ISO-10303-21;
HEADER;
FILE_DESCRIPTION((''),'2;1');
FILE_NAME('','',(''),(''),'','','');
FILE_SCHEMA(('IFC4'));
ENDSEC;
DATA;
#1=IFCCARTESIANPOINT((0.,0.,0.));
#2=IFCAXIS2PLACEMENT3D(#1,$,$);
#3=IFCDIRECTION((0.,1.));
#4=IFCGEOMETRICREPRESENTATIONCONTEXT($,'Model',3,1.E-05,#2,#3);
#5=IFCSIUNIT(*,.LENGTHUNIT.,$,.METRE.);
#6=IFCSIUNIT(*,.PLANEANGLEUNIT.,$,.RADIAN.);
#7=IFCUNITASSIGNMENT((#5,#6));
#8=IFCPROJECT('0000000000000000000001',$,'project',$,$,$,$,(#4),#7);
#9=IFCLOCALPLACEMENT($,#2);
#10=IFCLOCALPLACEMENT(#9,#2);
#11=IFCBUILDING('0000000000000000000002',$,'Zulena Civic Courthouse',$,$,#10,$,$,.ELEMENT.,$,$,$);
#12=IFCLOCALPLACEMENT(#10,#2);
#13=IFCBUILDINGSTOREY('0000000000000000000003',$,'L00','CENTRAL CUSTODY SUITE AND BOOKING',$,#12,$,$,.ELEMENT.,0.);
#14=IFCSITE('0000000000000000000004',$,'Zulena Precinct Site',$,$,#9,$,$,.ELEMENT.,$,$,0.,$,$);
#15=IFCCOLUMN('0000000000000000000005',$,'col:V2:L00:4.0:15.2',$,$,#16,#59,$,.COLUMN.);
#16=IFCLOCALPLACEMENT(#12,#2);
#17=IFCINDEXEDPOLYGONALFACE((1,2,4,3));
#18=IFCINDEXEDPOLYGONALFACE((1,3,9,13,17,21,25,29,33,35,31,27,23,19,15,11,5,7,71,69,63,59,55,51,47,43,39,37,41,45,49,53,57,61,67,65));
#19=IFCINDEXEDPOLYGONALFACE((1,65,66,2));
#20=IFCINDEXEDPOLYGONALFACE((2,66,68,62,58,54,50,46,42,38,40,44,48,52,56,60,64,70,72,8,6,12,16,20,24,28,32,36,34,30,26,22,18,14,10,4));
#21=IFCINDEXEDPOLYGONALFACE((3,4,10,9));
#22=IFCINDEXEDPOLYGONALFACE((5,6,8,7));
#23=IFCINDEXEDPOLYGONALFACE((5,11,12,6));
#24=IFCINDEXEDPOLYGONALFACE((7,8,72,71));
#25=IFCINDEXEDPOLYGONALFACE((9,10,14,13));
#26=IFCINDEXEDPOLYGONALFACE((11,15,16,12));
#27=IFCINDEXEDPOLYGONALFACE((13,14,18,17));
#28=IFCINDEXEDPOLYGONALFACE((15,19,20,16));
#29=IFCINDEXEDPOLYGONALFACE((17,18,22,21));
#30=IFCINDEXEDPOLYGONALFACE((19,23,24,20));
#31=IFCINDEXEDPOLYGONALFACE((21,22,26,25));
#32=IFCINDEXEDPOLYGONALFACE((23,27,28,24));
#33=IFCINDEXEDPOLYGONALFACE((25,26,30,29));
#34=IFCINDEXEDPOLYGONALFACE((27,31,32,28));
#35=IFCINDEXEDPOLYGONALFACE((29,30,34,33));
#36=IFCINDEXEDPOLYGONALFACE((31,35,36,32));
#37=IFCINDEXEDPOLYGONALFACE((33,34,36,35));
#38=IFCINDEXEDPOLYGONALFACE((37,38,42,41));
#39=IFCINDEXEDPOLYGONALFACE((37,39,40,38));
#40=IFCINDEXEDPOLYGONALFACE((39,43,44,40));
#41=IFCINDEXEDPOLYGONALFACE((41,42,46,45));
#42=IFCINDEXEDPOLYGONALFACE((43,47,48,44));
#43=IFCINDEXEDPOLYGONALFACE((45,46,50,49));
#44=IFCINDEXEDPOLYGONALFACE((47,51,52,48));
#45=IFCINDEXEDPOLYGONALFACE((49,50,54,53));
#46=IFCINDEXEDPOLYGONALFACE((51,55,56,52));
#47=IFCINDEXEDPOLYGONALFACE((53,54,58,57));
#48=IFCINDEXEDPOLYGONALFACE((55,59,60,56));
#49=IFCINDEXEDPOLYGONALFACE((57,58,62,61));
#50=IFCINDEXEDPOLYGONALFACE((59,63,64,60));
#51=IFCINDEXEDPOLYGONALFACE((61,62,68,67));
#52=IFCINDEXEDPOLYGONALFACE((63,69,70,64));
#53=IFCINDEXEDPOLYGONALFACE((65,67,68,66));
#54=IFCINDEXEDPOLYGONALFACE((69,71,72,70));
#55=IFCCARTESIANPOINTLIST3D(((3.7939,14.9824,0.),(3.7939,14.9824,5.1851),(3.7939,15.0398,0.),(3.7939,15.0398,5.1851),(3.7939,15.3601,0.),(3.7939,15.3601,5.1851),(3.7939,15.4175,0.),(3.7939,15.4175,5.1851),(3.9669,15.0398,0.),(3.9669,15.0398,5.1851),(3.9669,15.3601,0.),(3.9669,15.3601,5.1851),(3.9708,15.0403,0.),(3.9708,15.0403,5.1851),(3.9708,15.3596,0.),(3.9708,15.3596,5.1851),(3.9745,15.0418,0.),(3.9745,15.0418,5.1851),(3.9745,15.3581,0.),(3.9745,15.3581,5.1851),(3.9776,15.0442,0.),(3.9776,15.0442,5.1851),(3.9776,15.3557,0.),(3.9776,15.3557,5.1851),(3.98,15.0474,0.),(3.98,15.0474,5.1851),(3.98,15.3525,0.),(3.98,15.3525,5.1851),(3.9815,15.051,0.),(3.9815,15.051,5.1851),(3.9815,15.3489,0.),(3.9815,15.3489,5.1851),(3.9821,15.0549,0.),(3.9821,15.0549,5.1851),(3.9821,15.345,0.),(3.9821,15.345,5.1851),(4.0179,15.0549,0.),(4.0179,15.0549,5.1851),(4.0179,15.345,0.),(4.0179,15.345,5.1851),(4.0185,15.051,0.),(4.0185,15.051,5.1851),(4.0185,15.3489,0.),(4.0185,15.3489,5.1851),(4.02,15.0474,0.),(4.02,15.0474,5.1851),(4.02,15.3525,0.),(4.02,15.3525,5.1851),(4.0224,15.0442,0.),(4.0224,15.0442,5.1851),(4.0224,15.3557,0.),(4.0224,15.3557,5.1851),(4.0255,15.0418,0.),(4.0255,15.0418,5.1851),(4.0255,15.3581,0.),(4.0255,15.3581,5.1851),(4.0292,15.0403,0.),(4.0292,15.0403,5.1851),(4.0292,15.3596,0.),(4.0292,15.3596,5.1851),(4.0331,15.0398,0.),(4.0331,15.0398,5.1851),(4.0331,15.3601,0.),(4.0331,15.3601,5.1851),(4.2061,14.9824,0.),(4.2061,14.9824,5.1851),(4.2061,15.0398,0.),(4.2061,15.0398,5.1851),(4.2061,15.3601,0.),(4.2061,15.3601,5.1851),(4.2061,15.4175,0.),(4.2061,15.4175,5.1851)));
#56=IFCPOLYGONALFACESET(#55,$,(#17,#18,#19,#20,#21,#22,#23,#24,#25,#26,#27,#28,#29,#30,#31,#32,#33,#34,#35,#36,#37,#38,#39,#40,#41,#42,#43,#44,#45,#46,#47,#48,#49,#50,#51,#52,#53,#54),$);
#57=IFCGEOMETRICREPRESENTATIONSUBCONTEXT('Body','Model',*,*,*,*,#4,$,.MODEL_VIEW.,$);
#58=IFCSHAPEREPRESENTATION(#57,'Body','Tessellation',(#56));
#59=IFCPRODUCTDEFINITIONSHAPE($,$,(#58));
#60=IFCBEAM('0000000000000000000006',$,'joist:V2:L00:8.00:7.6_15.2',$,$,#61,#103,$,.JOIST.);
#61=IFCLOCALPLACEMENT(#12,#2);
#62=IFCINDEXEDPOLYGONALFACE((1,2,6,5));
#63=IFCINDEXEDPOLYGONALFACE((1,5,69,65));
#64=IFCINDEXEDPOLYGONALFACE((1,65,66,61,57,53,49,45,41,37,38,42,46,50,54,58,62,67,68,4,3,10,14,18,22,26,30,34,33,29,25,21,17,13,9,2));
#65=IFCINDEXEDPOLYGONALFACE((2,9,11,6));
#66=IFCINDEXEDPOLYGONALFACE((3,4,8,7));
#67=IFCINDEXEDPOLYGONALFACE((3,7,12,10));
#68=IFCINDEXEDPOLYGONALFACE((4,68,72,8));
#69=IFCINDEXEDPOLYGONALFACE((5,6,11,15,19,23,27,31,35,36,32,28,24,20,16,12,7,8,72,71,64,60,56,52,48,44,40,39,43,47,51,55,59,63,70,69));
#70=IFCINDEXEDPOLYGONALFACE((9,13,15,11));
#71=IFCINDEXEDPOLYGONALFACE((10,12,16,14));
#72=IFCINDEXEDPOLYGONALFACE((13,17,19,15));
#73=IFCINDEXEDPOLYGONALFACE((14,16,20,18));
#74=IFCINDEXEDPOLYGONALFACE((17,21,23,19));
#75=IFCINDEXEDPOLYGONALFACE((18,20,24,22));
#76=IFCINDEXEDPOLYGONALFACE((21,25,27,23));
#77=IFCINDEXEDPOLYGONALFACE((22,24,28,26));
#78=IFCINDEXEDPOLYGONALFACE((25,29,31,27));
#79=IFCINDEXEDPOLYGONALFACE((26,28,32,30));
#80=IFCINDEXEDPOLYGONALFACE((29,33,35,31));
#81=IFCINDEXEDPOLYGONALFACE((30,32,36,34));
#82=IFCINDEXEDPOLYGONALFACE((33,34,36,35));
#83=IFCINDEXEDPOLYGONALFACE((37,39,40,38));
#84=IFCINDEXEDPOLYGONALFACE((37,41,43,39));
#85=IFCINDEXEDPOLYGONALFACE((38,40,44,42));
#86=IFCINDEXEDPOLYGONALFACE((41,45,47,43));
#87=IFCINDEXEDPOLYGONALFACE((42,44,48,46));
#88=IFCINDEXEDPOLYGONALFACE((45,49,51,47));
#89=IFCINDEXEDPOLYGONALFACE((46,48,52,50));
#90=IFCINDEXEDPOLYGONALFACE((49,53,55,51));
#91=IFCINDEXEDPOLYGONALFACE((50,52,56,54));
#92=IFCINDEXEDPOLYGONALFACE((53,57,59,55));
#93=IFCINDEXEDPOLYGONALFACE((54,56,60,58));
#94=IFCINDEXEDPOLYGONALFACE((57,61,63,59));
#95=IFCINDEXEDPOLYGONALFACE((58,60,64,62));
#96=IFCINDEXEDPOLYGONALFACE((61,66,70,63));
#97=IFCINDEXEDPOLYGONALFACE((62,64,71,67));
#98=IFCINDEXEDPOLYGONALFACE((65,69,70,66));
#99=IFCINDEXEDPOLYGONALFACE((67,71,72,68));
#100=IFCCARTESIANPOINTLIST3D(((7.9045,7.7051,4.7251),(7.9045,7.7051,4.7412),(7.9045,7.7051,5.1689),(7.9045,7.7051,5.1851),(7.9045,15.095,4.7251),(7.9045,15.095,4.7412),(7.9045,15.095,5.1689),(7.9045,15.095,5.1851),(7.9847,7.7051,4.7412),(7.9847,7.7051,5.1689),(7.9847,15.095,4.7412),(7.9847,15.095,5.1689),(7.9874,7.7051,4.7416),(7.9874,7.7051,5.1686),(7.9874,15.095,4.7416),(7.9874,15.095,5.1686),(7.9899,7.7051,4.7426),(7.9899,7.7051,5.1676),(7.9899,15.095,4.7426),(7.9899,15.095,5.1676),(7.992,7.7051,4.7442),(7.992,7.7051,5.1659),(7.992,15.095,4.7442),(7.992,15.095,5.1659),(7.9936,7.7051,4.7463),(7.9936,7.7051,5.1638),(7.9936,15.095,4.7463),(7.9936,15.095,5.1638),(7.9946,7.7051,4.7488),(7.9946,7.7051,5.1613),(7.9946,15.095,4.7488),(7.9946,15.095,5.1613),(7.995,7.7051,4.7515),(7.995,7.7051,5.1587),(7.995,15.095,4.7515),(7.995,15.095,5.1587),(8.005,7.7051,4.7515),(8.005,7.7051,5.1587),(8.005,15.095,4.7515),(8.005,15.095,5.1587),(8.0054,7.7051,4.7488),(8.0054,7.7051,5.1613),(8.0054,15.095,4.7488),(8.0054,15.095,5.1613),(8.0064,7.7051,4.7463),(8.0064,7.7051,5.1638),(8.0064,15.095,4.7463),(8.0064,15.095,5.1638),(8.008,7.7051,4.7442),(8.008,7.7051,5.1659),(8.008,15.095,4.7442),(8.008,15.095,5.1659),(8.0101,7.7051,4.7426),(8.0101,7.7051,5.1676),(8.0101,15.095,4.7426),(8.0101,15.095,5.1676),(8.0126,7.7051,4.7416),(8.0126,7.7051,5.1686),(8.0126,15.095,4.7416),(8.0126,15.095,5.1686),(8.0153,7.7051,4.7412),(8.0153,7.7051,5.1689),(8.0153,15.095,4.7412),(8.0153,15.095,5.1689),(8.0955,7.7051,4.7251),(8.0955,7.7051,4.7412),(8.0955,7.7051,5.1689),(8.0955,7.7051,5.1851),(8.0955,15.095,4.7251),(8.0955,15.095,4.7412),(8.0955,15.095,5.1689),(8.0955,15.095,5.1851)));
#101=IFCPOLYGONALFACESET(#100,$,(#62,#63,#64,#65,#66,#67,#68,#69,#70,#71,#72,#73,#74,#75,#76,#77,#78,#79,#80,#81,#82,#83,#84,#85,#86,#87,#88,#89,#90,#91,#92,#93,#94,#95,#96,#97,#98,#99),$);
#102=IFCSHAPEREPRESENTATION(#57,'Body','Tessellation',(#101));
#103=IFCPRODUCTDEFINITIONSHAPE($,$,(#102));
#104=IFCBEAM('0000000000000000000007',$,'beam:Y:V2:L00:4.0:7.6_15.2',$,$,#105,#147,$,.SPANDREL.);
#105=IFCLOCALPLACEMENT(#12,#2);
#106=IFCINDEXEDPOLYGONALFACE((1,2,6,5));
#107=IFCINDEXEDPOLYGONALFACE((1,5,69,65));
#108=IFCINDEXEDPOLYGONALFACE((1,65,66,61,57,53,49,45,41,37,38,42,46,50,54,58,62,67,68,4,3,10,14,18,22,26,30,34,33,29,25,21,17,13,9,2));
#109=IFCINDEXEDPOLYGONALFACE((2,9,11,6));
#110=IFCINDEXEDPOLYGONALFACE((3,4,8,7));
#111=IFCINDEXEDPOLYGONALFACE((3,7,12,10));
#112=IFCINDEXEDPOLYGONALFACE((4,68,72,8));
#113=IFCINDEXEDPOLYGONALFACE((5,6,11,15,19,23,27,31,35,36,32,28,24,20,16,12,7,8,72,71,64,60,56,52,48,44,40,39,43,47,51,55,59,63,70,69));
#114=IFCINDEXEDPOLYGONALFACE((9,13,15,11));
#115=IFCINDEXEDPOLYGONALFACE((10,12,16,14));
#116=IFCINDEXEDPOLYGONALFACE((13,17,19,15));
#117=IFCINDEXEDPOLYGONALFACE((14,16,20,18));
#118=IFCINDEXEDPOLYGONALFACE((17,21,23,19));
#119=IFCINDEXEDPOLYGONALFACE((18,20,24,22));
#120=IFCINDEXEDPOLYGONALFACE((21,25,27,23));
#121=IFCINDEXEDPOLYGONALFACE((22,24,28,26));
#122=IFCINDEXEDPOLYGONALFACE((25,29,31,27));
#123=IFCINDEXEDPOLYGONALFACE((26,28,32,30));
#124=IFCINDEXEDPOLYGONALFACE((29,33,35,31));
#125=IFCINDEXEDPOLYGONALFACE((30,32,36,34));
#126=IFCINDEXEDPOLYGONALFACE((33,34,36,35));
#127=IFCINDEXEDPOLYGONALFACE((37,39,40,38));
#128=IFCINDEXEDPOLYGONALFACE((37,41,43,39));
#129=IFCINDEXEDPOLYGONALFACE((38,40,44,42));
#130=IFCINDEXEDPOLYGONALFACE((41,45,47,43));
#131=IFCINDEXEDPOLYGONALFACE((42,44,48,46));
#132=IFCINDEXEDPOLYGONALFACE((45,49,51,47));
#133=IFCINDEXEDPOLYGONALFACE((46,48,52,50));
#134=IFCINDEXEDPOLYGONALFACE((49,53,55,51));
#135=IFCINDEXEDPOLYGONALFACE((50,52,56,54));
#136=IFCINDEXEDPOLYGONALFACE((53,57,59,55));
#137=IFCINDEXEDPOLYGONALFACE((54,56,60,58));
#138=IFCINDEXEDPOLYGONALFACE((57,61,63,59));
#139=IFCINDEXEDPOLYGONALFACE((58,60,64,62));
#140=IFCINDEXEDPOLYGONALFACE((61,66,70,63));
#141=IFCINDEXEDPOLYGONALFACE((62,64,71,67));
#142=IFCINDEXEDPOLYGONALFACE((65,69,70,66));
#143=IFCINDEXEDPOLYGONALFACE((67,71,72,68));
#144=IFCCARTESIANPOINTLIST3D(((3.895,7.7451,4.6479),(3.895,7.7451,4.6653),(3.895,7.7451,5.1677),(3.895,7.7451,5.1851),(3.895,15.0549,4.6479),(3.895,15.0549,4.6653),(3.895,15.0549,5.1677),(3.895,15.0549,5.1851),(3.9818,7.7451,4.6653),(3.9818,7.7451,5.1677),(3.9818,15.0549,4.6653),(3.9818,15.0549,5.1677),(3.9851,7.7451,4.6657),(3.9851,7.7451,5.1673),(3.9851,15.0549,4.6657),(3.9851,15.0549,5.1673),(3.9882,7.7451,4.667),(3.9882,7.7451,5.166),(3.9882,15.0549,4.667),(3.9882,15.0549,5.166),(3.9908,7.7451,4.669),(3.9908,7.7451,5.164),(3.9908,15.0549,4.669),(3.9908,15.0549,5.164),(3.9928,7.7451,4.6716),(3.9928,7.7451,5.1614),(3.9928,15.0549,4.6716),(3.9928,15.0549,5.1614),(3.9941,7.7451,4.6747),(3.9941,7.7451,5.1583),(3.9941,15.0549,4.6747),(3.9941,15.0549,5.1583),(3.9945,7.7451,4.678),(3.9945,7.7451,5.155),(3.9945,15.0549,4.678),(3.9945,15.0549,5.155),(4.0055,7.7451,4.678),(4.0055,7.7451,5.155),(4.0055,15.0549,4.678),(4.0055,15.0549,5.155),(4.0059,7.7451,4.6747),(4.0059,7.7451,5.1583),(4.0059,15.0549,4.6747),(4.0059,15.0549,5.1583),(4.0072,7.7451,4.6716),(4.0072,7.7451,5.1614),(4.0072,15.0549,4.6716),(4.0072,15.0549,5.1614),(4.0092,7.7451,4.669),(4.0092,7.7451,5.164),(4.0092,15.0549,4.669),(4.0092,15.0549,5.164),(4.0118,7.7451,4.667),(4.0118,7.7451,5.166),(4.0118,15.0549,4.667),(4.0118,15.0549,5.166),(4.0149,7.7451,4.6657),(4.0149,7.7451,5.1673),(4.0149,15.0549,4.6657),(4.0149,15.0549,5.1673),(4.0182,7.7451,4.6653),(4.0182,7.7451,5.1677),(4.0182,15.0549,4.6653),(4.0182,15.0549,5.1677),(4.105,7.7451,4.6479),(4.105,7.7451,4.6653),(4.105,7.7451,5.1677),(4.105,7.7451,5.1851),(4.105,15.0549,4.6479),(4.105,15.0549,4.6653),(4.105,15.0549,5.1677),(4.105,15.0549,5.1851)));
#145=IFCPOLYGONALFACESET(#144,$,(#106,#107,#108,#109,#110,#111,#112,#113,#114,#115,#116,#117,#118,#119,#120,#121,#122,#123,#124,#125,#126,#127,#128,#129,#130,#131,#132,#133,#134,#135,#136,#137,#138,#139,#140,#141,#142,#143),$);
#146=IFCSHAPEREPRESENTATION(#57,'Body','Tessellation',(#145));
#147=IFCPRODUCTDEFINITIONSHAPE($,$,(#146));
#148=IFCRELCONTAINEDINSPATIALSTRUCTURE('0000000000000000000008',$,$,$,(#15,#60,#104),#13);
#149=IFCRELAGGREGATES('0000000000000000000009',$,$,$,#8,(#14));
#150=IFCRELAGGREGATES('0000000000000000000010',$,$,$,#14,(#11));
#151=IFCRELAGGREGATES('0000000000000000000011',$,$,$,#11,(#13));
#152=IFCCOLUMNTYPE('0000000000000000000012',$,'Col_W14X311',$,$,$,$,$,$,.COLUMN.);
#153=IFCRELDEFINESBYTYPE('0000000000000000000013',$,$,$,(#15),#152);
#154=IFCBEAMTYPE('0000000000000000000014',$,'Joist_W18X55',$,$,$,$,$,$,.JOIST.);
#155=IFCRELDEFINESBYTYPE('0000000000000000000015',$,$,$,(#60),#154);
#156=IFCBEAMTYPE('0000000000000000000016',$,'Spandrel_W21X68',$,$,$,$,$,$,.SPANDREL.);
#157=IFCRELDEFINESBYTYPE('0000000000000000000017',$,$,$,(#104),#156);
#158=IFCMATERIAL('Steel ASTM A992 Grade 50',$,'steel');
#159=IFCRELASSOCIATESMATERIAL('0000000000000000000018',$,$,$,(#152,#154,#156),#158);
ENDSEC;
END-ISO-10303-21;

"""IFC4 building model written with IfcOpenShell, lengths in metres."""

from ifc_helpers import new_model, si_unit, direction, frame, origin, origin_2d, place, context, subcontext, project, spatial, i_section, extrude, material, material_profile, profile_set, type_object, element, save


model = new_model("IFC4")

# Units and contexts
model_context = context("Model", 3, precision=1e-05, world=origin(), true_north=direction((0.0, 1.0)))
body_context = subcontext(model_context, "Body", "Model", "MODEL_VIEW")
ifc_project = project(units=[si_unit("LENGTHUNIT", "METRE"), si_unit("PLANEANGLEUNIT", "RADIAN")], contexts=[model_context])

# Site, building, storey
site_placement = place(None, origin())
site = spatial("IfcSite", under=ifc_project, at=site_placement, Name="Zulena Precinct Site", CompositionType="ELEMENT", RefElevation=0.0)
building_placement = place(site_placement, origin())
building = spatial("IfcBuilding", under=site, at=building_placement, Name="Zulena Civic Courthouse", CompositionType="ELEMENT")
storey_placement = place(building_placement, origin())
storey = spatial("IfcBuildingStorey", under=building, at=storey_placement, Name="L00", Description="CENTRAL CUSTODY SUITE AND BOOKING", CompositionType="ELEMENT", Elevation=0.0)

# Column
ifc_material_1 = material(Name="Steel ASTM A992 Grade 50", Category="steel")
ifc_material_profile_1 = material_profile(ifc_material_1, i_section(OverallWidth=0.4121, OverallDepth=0.4351, WebThickness=0.0359, FlangeThickness=0.0574, FilletRadius=0.0151, at=origin_2d()), Name="W14X311")
ifc_profile_set_1 = profile_set([ifc_material_profile_1], Name="Steel ASTM A992 Grade 50")
column_type = type_object("IfcColumnType", Name="Col_W14X311", PredefinedType="COLUMN", material=ifc_profile_set_1)
for number, where, z_axis, x_axis, name in (
    (1, (4.0, 15.2, 0.0), (0.0, 0.0, 1.0), (1.0, 0.0, 0.0), "col:V2:L00:4.0:15.2"),
):
    element("IfcColumn", number, at=place(storey_placement, frame(where, z_axis=z_axis, x_axis=x_axis)), inside=storey, type_object=column_type, Name=name, PredefinedType="COLUMN", context=body_context, shape_type="SweptSolid", body=[
        extrude(i_section(OverallWidth=0.4121, OverallDepth=0.4351, WebThickness=0.0359, FlangeThickness=0.0574, FilletRadius=0.0151, at=origin_2d()), origin(), (0.0, 0.0, 1.0), 5.1851),
    ])

# Beams
ifc_material_profile_2 = material_profile(ifc_material_1, i_section(OverallWidth=0.1909, OverallDepth=0.46, WebThickness=0.01, FlangeThickness=0.0161, FilletRadius=0.0103, at=origin_2d()), Name="W18X55")
ifc_profile_set_2 = profile_set([ifc_material_profile_2], Name="Steel ASTM A992 Grade 50")
beam_type_1 = type_object("IfcBeamType", Name="Joist_W18X55", PredefinedType="JOIST", material=ifc_profile_set_2)
beam_1_placement = place(storey_placement, frame((8.0, 7.7051, 4.9551), z_axis=(0.0, 1.0, 0.0), x_axis=(-1.0, 0.0, 0.0)))
element("IfcBeam", 2, at=beam_1_placement, inside=storey, type_object=beam_type_1, Name="joist:V2:L00:8.00:7.6_15.2", PredefinedType="JOIST", context=body_context, shape_type="SweptSolid", body=[
    extrude(i_section(OverallWidth=0.1909, OverallDepth=0.46, WebThickness=0.01, FlangeThickness=0.0161, FilletRadius=0.0103, at=origin_2d()), origin(), (0.0, 0.0, 1.0), 7.3899),
])
ifc_material_profile_3 = material_profile(ifc_material_1, i_section(OverallWidth=0.21, OverallDepth=0.5371, WebThickness=0.011, FlangeThickness=0.0173, FilletRadius=0.0127, at=origin_2d()), Name="W21X68")
ifc_profile_set_3 = profile_set([ifc_material_profile_3], Name="Steel ASTM A992 Grade 50")
beam_type_2 = type_object("IfcBeamType", Name="Spandrel_W21X68", PredefinedType="SPANDREL", material=ifc_profile_set_3)
beam_2_placement = place(storey_placement, frame((4.0, 7.7451, 4.9165), z_axis=(0.0, 1.0, 0.0), x_axis=(-1.0, 0.0, 0.0)))
element("IfcBeam", 3, at=beam_2_placement, inside=storey, type_object=beam_type_2, Name="beam:Y:V2:L00:4.0:7.6_15.2", PredefinedType="SPANDREL", context=body_context, shape_type="SweptSolid", body=[
    extrude(i_section(OverallWidth=0.21, OverallDepth=0.5371, WebThickness=0.011, FlangeThickness=0.0173, FilletRadius=0.0127, at=origin_2d()), origin(), (0.0, 0.0, 1.0), 7.3098),
])

save(model, "model.ifc")
